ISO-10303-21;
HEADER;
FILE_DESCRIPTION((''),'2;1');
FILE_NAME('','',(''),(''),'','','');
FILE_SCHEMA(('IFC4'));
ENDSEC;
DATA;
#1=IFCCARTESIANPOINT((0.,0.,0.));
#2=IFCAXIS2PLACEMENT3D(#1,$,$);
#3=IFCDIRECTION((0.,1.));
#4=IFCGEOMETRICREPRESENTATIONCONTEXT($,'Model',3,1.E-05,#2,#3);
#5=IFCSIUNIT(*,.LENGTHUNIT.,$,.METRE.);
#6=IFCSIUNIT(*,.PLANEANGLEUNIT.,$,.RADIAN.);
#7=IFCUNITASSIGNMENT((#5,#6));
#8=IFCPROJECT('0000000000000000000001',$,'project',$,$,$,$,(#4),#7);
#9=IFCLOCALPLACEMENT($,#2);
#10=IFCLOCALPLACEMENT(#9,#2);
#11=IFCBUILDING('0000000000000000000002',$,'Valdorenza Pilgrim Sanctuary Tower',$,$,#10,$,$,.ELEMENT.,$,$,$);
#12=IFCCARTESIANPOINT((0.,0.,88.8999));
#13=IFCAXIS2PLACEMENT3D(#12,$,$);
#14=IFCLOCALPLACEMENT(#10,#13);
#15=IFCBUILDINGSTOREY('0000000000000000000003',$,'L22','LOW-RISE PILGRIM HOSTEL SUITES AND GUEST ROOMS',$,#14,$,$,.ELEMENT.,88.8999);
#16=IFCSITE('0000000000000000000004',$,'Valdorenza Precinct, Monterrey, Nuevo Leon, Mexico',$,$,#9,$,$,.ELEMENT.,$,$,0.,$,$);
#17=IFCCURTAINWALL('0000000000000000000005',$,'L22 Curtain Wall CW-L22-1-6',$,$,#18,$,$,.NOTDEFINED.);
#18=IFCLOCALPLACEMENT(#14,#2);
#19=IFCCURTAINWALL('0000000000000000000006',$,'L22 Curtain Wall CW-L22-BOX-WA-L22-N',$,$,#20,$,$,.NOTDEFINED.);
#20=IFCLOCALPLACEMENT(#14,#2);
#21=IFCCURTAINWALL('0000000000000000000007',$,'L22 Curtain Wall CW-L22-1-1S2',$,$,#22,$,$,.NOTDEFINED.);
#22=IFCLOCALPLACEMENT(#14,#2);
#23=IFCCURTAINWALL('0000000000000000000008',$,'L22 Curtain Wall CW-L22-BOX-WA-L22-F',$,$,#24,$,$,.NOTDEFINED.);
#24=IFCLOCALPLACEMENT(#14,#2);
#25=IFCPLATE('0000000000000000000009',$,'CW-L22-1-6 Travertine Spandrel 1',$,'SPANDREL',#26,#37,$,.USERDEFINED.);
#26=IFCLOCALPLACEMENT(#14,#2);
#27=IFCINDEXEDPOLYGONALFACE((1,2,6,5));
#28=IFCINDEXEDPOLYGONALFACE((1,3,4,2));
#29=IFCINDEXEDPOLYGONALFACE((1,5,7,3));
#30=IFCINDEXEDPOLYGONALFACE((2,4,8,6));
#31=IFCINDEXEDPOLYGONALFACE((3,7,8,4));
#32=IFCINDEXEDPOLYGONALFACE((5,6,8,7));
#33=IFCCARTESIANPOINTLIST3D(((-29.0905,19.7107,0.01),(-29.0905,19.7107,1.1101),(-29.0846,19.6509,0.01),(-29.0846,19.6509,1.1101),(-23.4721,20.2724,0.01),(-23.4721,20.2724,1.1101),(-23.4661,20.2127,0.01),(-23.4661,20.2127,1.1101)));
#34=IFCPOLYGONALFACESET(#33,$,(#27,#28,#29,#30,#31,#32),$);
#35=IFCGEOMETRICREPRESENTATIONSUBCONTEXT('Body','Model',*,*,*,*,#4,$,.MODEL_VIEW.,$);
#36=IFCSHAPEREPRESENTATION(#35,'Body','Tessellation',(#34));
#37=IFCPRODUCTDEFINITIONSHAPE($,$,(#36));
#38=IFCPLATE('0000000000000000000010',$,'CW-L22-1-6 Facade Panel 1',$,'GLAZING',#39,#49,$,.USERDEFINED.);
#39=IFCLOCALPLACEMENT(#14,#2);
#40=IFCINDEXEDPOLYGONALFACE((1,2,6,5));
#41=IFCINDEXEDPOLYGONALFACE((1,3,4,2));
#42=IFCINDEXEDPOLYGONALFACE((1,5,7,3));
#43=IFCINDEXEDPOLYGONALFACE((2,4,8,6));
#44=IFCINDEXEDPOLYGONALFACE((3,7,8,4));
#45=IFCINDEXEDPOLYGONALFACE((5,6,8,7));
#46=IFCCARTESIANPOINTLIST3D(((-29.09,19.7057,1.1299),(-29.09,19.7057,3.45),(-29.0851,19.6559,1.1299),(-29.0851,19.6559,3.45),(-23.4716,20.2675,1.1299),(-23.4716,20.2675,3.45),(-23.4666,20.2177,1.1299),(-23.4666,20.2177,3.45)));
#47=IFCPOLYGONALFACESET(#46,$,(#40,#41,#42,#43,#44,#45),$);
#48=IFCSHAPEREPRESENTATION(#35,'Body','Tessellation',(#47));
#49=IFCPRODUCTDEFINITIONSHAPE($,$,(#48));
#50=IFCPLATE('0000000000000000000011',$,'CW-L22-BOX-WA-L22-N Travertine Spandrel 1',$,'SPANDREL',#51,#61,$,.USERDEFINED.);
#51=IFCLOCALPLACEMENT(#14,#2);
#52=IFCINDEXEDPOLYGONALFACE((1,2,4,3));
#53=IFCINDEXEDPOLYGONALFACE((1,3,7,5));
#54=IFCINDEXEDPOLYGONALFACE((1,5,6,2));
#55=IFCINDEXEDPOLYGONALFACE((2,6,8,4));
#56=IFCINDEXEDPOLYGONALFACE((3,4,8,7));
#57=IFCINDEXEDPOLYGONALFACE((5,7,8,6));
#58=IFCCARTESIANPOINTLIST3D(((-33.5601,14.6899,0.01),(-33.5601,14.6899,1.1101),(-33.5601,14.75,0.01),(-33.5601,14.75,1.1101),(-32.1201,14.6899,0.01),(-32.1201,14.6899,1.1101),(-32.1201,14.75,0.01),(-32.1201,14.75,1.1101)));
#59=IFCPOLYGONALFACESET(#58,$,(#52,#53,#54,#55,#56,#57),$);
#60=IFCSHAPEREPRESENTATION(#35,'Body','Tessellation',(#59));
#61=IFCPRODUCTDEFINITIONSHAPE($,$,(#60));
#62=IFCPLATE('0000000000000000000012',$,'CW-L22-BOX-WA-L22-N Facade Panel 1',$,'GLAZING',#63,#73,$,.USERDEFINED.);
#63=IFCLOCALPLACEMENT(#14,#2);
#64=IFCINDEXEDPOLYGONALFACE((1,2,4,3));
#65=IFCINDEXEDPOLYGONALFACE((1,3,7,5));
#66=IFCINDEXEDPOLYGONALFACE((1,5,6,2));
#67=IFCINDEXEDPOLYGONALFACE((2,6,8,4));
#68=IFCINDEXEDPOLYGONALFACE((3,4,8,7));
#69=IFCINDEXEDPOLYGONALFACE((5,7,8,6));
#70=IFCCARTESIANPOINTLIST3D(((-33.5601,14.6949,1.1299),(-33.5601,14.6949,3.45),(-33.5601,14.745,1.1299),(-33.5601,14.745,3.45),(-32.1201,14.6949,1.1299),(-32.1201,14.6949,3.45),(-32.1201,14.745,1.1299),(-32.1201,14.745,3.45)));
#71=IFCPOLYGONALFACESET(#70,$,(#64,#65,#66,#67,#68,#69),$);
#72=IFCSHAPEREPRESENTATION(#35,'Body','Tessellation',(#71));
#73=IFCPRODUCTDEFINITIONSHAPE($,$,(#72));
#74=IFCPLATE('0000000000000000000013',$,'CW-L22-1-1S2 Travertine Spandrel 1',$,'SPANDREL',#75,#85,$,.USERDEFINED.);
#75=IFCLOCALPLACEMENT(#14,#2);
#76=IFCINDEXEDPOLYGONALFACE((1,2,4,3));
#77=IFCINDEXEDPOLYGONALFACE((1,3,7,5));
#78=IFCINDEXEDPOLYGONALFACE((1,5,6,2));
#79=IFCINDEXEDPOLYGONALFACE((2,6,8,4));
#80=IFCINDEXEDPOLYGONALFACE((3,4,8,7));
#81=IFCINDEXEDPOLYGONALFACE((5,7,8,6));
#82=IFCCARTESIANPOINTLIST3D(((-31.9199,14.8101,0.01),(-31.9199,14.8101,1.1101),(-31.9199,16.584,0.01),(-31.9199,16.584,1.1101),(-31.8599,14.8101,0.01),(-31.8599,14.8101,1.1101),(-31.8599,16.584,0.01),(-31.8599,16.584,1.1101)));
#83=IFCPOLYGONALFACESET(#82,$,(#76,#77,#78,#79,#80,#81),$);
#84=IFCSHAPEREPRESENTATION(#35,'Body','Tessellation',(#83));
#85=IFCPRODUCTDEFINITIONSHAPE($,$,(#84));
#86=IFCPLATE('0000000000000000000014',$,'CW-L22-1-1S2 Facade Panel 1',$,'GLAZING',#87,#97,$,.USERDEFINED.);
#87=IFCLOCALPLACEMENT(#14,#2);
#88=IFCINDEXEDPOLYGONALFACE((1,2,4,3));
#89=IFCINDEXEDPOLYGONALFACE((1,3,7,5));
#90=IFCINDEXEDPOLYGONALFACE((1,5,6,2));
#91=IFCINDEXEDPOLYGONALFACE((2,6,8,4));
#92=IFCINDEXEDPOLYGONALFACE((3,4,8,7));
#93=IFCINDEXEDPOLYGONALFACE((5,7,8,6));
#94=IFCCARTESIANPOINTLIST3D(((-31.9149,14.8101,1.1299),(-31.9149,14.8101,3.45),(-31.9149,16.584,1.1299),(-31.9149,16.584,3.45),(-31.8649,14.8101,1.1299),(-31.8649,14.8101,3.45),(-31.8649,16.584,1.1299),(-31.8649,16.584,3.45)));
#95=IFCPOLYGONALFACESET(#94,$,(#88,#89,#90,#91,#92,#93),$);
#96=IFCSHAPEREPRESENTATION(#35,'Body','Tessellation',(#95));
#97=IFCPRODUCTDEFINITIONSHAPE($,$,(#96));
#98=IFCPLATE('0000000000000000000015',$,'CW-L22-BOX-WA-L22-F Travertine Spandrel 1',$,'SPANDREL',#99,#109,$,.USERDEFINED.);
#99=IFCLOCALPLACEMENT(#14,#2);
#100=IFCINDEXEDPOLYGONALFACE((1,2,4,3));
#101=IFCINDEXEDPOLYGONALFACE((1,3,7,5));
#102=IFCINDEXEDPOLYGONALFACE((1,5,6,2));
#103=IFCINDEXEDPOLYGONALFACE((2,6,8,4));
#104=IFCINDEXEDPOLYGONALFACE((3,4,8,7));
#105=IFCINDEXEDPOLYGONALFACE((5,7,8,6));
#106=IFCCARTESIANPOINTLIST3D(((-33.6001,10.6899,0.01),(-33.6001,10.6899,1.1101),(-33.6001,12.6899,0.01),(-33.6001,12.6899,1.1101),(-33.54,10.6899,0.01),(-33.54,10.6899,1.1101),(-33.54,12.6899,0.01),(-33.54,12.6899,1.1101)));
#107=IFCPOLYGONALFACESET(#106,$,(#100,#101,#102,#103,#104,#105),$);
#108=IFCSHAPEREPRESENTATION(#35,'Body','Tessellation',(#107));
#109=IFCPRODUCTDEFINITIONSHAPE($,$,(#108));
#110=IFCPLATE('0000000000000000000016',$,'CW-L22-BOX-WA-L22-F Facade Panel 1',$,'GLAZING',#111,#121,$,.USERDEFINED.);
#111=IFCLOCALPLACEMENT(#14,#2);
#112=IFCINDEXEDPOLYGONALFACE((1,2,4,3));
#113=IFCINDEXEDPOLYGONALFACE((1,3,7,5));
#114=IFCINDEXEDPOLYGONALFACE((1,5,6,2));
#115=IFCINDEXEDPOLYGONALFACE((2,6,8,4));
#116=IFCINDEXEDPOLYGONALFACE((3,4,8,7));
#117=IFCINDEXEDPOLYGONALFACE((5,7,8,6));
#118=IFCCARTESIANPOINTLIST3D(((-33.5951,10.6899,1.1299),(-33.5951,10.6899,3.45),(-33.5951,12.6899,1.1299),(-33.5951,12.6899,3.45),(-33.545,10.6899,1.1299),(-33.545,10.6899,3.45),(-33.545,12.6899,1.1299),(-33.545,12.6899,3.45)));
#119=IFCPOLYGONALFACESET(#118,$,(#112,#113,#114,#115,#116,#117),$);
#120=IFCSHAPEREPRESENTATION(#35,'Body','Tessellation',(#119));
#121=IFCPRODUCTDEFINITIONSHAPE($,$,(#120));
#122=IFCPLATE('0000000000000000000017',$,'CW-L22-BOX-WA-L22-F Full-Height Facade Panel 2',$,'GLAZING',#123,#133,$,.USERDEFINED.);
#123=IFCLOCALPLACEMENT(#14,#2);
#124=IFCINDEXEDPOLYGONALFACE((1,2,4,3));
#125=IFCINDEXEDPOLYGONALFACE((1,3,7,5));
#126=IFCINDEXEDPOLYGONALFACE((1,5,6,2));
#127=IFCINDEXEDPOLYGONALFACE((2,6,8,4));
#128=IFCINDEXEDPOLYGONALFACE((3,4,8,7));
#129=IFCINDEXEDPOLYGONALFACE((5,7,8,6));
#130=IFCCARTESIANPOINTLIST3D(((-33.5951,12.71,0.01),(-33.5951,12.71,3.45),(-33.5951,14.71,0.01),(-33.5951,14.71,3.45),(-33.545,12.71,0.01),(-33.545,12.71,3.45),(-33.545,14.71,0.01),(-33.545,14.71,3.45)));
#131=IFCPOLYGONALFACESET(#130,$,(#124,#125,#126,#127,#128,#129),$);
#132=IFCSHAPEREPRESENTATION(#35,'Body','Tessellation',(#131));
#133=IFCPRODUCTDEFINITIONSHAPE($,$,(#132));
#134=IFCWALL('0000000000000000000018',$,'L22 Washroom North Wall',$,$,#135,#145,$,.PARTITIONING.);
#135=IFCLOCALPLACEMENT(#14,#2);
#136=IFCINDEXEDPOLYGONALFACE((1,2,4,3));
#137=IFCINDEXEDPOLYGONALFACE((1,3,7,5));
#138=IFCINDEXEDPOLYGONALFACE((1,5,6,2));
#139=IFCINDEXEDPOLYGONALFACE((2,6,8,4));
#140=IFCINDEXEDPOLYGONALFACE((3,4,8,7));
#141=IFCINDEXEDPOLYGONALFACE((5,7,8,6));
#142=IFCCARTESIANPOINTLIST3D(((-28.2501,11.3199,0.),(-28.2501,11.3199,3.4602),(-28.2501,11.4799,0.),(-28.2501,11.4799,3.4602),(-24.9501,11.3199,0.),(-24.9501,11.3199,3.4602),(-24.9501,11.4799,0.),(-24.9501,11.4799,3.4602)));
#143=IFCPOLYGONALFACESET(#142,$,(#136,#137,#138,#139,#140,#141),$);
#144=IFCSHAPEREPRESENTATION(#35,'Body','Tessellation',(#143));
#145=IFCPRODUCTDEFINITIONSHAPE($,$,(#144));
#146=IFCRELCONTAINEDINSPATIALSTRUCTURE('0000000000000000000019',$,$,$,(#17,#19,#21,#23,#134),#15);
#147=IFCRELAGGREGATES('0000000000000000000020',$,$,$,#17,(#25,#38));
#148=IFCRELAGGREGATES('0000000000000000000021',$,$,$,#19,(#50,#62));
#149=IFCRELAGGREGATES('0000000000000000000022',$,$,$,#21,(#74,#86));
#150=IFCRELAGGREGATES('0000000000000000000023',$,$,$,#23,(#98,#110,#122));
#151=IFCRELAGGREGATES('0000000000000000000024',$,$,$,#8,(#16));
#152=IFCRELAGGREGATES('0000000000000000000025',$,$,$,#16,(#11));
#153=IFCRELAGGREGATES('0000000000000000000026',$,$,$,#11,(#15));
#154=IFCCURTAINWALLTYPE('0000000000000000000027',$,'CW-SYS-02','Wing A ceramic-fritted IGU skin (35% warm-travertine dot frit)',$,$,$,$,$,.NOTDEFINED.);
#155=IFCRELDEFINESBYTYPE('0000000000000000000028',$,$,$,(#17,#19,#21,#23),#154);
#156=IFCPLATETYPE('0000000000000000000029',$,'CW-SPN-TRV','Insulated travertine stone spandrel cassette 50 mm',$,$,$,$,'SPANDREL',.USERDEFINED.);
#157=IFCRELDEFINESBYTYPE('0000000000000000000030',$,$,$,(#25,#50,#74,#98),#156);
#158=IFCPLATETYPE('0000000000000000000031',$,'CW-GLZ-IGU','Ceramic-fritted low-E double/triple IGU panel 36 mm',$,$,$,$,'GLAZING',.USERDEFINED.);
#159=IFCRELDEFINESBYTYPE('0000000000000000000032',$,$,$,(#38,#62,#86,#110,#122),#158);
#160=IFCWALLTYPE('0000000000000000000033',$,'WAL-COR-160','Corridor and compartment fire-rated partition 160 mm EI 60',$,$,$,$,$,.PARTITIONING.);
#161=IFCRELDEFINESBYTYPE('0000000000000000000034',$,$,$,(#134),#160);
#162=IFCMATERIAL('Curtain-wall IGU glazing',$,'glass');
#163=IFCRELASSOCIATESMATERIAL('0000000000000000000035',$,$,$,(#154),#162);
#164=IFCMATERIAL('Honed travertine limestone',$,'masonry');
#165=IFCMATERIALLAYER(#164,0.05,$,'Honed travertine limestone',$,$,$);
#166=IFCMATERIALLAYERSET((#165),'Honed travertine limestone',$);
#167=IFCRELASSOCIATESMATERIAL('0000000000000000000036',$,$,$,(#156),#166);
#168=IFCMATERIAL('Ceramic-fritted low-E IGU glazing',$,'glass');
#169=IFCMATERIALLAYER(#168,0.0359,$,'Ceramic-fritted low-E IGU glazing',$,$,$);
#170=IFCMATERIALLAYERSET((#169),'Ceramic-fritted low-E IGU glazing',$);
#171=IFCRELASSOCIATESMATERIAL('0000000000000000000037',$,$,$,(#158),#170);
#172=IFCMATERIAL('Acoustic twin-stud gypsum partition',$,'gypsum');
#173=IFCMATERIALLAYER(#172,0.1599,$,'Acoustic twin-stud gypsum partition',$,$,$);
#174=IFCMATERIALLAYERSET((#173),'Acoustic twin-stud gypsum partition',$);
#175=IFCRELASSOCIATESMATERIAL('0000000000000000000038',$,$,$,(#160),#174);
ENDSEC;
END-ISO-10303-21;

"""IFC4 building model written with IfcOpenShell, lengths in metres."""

from ifc_helpers import new_model, si_unit, direction, frame, frame_2d, origin, origin_2d, place, context, subcontext, project, spatial, rectangle, extrude, source, transform, mapped, material, layer, layer_set, type_object, element, aggregate, save


model = new_model("IFC4")

# Units and contexts
model_context = context("Model", 3, precision=1e-05, world=origin(), true_north=direction((0.0, 1.0)))
body_context = subcontext(model_context, "Body", "Model", "MODEL_VIEW")
ifc_project = project(units=[si_unit("LENGTHUNIT", "METRE"), si_unit("PLANEANGLEUNIT", "RADIAN")], contexts=[model_context])

# Site, building, storey
site_placement = place(None, origin())
site = spatial("IfcSite", under=ifc_project, at=site_placement, Name="Valdorenza Precinct, Monterrey, Nuevo Leon, Mexico", CompositionType="ELEMENT", RefElevation=0.0)
building_placement = place(site_placement, origin())
building = spatial("IfcBuilding", under=site, at=building_placement, Name="Valdorenza Pilgrim Sanctuary Tower", CompositionType="ELEMENT")
storey_placement = place(building_placement, frame((0.0, 0.0, 88.8999)))
storey = spatial("IfcBuildingStorey", under=building, at=storey_placement, Name="L22", Description="LOW-RISE PILGRIM HOSTEL SUITES AND GUEST ROOMS", CompositionType="ELEMENT", Elevation=88.8999)

# Curtain walls
ifc_material_1 = material(Name="Curtain-wall IGU glazing", Category="glass")
curtain_wall_type = type_object("IfcCurtainWallType", Name="CW-SYS-02", Description="Wing A ceramic-fritted IGU skin (35% warm-travertine dot frit)", PredefinedType="NOTDEFINED", material=ifc_material_1)
curtain_wall_1_placement = place(storey_placement, origin())
curtain_wall_1 = element("IfcCurtainWall", 1, at=curtain_wall_1_placement, inside=storey, type_object=curtain_wall_type, Name="L22 Curtain Wall CW-L22-1-6", PredefinedType="NOTDEFINED")
curtain_wall_2_placement = place(storey_placement, origin())
curtain_wall_2 = element("IfcCurtainWall", 2, at=curtain_wall_2_placement, inside=storey, type_object=curtain_wall_type, Name="L22 Curtain Wall CW-L22-BOX-WA-L22-N", PredefinedType="NOTDEFINED")

# Curtain wall
curtain_wall_3_placement = place(storey_placement, origin())
curtain_wall_3 = element("IfcCurtainWall", 3, at=curtain_wall_3_placement, inside=storey, type_object=curtain_wall_type, Name="L22 Curtain Wall CW-L22-1-1S2", PredefinedType="NOTDEFINED")

# Curtain wall
curtain_wall_4_placement = place(storey_placement, origin())
curtain_wall_4 = element("IfcCurtainWall", 4, at=curtain_wall_4_placement, inside=storey, type_object=curtain_wall_type, Name="L22 Curtain Wall CW-L22-BOX-WA-L22-F", PredefinedType="NOTDEFINED")

# Plates
ifc_material_2 = material(Name="Honed travertine limestone", Category="masonry")
ifc_layer_1 = layer(ifc_material_2, 0.05, Name="Honed travertine limestone")
ifc_layer_set_1 = layer_set([ifc_layer_1], Name="Honed travertine limestone")
plate_type_1 = type_object("IfcPlateType", Name="CW-SPN-TRV", Description="Insulated travertine stone spandrel cassette 50 mm", ElementType="SPANDREL", PredefinedType="USERDEFINED", material=ifc_layer_set_1)
shared_shape_1 = source(origin(), body_context, "Body", "SweptSolid", [
    extrude(rectangle(XDim=5.6465, YDim=0.0601, at=origin_2d()), origin(), (0.0, 0.0, 1.0), 1.1001),
])
plate_1_placement = place(storey_placement, frame((-26.2783, 19.9617, 0.01), z_axis=(0.0, 0.0, 1.0), x_axis=(0.995038, 0.099493, 0.0)))
plate_1 = element("IfcPlate", 5, at=plate_1_placement, type_object=plate_type_1, Name="CW-L22-1-6 Travertine Spandrel 1", ObjectType="SPANDREL", PredefinedType="USERDEFINED", context=body_context, shape_type="MappedRepresentation", body=[
    mapped(shared_shape_1, transform((0.0, 0.0, 0.0), x_axis=(1.0, 0.0, 0.0), y_axis=(0.0, 1.0, 0.0), z_axis=(0.0, 0.0, 1.0), scale=1.0)),
])
ifc_material_3 = material(Name="Ceramic-fritted low-E IGU glazing", Category="glass")
ifc_layer_2 = layer(ifc_material_3, 0.0359, Name="Ceramic-fritted low-E IGU glazing")
ifc_layer_set_2 = layer_set([ifc_layer_2], Name="Ceramic-fritted low-E IGU glazing")
plate_type_2 = type_object("IfcPlateType", Name="CW-GLZ-IGU", Description="Ceramic-fritted low-E double/triple IGU panel 36 mm", ElementType="GLAZING", PredefinedType="USERDEFINED", material=ifc_layer_set_2)
shared_shape_2 = source(origin(), body_context, "Body", "SweptSolid", [
    extrude(rectangle(XDim=5.6465, YDim=0.05, at=origin_2d()), origin(), (0.0, 0.0, 1.0), 2.3201),
])
plate_2_placement = place(storey_placement, frame((-26.2783, 19.9617, 1.1299), z_axis=(0.0, 0.0, 1.0), x_axis=(0.995038, 0.099493, 0.0)))
plate_2 = element("IfcPlate", 6, at=plate_2_placement, type_object=plate_type_2, Name="CW-L22-1-6 Facade Panel 1", ObjectType="GLAZING", PredefinedType="USERDEFINED", context=body_context, shape_type="MappedRepresentation", body=[
    mapped(shared_shape_2, transform((0.0, 0.0, 0.0), x_axis=(1.0, 0.0, 0.0), y_axis=(0.0, 1.0, 0.0), z_axis=(0.0, 0.0, 1.0), scale=1.0)),
])
aggregate(curtain_wall_1, [plate_1, plate_2])
shared_shape_3 = source(origin(), body_context, "Body", "SweptSolid", [
    extrude(rectangle(XDim=1.4399, YDim=0.0601, at=origin_2d()), origin(), (0.0, 0.0, 1.0), 1.1001),
])
plate_3_placement = place(storey_placement, frame((-32.8401, 14.72, 0.01), z_axis=(0.0, 0.0, 1.0), x_axis=(1.0, 0.0, 0.0)))
plate_3 = element("IfcPlate", 7, at=plate_3_placement, type_object=plate_type_1, Name="CW-L22-BOX-WA-L22-N Travertine Spandrel 1", ObjectType="SPANDREL", PredefinedType="USERDEFINED", context=body_context, shape_type="MappedRepresentation", body=[
    mapped(shared_shape_3, transform((0.0, 0.0, 0.0), x_axis=(1.0, 0.0, 0.0), y_axis=(0.0, 1.0, 0.0), z_axis=(0.0, 0.0, 1.0), scale=1.0)),
])
shared_shape_4 = source(origin(), body_context, "Body", "SweptSolid", [
    extrude(rectangle(XDim=1.4399, YDim=0.05, at=origin_2d()), origin(), (0.0, 0.0, 1.0), 2.3201),
])
plate_4_placement = place(storey_placement, frame((-32.8401, 14.72, 1.1299), z_axis=(0.0, 0.0, 1.0), x_axis=(1.0, 0.0, 0.0)))
plate_4 = element("IfcPlate", 8, at=plate_4_placement, type_object=plate_type_2, Name="CW-L22-BOX-WA-L22-N Facade Panel 1", ObjectType="GLAZING", PredefinedType="USERDEFINED", context=body_context, shape_type="MappedRepresentation", body=[
    mapped(shared_shape_4, transform((0.0, 0.0, 0.0), x_axis=(1.0, 0.0, 0.0), y_axis=(0.0, 1.0, 0.0), z_axis=(0.0, 0.0, 1.0), scale=1.0)),
])
aggregate(curtain_wall_2, [plate_3, plate_4])
shared_shape_5 = source(origin(), body_context, "Body", "SweptSolid", [
    extrude(rectangle(XDim=1.7739, YDim=0.0601, at=origin_2d()), origin(), (0.0, 0.0, 1.0), 1.1001),
])
plate_5_placement = place(storey_placement, frame((-31.8899, 15.697, 0.01), z_axis=(0.0, 0.0, 1.0), x_axis=(0.0, 1.0, 0.0)))
plate_5 = element("IfcPlate", 9, at=plate_5_placement, type_object=plate_type_1, Name="CW-L22-1-1S2 Travertine Spandrel 1", ObjectType="SPANDREL", PredefinedType="USERDEFINED", context=body_context, shape_type="MappedRepresentation", body=[
    mapped(shared_shape_5, transform((0.0, 0.0, 0.0), x_axis=(1.0, 0.0, 0.0), y_axis=(0.0, 1.0, 0.0), z_axis=(0.0, 0.0, 1.0), scale=1.0)),
])
shared_shape_6 = source(origin(), body_context, "Body", "SweptSolid", [
    extrude(rectangle(XDim=1.7739, YDim=0.05, at=origin_2d()), origin(), (0.0, 0.0, 1.0), 2.3201),
])
plate_6_placement = place(storey_placement, frame((-31.8899, 15.697, 1.1299), z_axis=(0.0, 0.0, 1.0), x_axis=(0.0, 1.0, 0.0)))
plate_6 = element("IfcPlate", 10, at=plate_6_placement, type_object=plate_type_2, Name="CW-L22-1-1S2 Facade Panel 1", ObjectType="GLAZING", PredefinedType="USERDEFINED", context=body_context, shape_type="MappedRepresentation", body=[
    mapped(shared_shape_6, transform((0.0, 0.0, 0.0), x_axis=(1.0, 0.0, 0.0), y_axis=(0.0, 1.0, 0.0), z_axis=(0.0, 0.0, 1.0), scale=1.0)),
])
aggregate(curtain_wall_3, [plate_5, plate_6])
shared_shape_7 = source(origin(), body_context, "Body", "SweptSolid", [
    extrude(rectangle(XDim=2.0, YDim=0.0601, at=origin_2d()), origin(), (0.0, 0.0, 1.0), 1.1001),
])
plate_7_placement = place(storey_placement, frame((-33.5701, 11.6899, 0.01), z_axis=(0.0, 0.0, 1.0), x_axis=(0.0, 1.0, 0.0)))
plate_7 = element("IfcPlate", 11, at=plate_7_placement, type_object=plate_type_1, Name="CW-L22-BOX-WA-L22-F Travertine Spandrel 1", ObjectType="SPANDREL", PredefinedType="USERDEFINED", context=body_context, shape_type="MappedRepresentation", body=[
    mapped(shared_shape_7, transform((0.0, 0.0, 0.0), x_axis=(1.0, 0.0, 0.0), y_axis=(0.0, 1.0, 0.0), z_axis=(0.0, 0.0, 1.0), scale=1.0)),
])
shared_shape_8 = source(origin(), body_context, "Body", "SweptSolid", [
    extrude(rectangle(XDim=2.0, YDim=0.05, at=origin_2d()), origin(), (0.0, 0.0, 1.0), 2.3201),
])
plate_8_placement = place(storey_placement, frame((-33.5701, 11.6899, 1.1299), z_axis=(0.0, 0.0, 1.0), x_axis=(0.0, 1.0, 0.0)))
plate_8 = element("IfcPlate", 12, at=plate_8_placement, type_object=plate_type_2, Name="CW-L22-BOX-WA-L22-F Facade Panel 1", ObjectType="GLAZING", PredefinedType="USERDEFINED", context=body_context, shape_type="MappedRepresentation", body=[
    mapped(shared_shape_8, transform((0.0, 0.0, 0.0), x_axis=(1.0, 0.0, 0.0), y_axis=(0.0, 1.0, 0.0), z_axis=(0.0, 0.0, 1.0), scale=1.0)),
])
shared_shape_9 = source(origin(), body_context, "Body", "SweptSolid", [
    extrude(rectangle(XDim=2.0, YDim=0.05, at=origin_2d()), origin(), (0.0, 0.0, 1.0), 3.4399),
])
plate_9_placement = place(storey_placement, frame((-33.5701, 13.71, 0.01), z_axis=(0.0, 0.0, 1.0), x_axis=(0.0, 1.0, 0.0)))
plate_9 = element("IfcPlate", 13, at=plate_9_placement, type_object=plate_type_2, Name="CW-L22-BOX-WA-L22-F Full-Height Facade Panel 2", ObjectType="GLAZING", PredefinedType="USERDEFINED", context=body_context, shape_type="MappedRepresentation", body=[
    mapped(shared_shape_9, transform((0.0, 0.0, 0.0), x_axis=(1.0, 0.0, 0.0), y_axis=(0.0, 1.0, 0.0), z_axis=(0.0, 0.0, 1.0), scale=1.0)),
])
aggregate(curtain_wall_4, [plate_7, plate_8, plate_9])

# Wall
ifc_material_4 = material(Name="Acoustic twin-stud gypsum partition", Category="gypsum")
ifc_layer_3 = layer(ifc_material_4, 0.1599, Name="Acoustic twin-stud gypsum partition")
ifc_layer_set_3 = layer_set([ifc_layer_3], Name="Acoustic twin-stud gypsum partition")
wall_type_1 = type_object("IfcWallType", Name="WAL-COR-160", Description="Corridor and compartment fire-rated partition 160 mm EI 60", PredefinedType="PARTITIONING", material=ifc_layer_set_3)
wall_1_placement = place(storey_placement, frame((-28.25, 11.3999, 0.0), z_axis=(0.0, 0.0, 1.0), x_axis=(1.0, 0.0, 0.0)))
element("IfcWall", 14, at=wall_1_placement, inside=storey, type_object=wall_type_1, Name="L22 Washroom North Wall", PredefinedType="PARTITIONING", context=body_context, shape_type="SweptSolid", body=[
    extrude(rectangle(XDim=3.3, YDim=0.1599, at=frame_2d((1.6499, 0.0))), origin(), (0.0, 0.0, 1.0), 3.4602),
])

save(model, "model.ifc")
